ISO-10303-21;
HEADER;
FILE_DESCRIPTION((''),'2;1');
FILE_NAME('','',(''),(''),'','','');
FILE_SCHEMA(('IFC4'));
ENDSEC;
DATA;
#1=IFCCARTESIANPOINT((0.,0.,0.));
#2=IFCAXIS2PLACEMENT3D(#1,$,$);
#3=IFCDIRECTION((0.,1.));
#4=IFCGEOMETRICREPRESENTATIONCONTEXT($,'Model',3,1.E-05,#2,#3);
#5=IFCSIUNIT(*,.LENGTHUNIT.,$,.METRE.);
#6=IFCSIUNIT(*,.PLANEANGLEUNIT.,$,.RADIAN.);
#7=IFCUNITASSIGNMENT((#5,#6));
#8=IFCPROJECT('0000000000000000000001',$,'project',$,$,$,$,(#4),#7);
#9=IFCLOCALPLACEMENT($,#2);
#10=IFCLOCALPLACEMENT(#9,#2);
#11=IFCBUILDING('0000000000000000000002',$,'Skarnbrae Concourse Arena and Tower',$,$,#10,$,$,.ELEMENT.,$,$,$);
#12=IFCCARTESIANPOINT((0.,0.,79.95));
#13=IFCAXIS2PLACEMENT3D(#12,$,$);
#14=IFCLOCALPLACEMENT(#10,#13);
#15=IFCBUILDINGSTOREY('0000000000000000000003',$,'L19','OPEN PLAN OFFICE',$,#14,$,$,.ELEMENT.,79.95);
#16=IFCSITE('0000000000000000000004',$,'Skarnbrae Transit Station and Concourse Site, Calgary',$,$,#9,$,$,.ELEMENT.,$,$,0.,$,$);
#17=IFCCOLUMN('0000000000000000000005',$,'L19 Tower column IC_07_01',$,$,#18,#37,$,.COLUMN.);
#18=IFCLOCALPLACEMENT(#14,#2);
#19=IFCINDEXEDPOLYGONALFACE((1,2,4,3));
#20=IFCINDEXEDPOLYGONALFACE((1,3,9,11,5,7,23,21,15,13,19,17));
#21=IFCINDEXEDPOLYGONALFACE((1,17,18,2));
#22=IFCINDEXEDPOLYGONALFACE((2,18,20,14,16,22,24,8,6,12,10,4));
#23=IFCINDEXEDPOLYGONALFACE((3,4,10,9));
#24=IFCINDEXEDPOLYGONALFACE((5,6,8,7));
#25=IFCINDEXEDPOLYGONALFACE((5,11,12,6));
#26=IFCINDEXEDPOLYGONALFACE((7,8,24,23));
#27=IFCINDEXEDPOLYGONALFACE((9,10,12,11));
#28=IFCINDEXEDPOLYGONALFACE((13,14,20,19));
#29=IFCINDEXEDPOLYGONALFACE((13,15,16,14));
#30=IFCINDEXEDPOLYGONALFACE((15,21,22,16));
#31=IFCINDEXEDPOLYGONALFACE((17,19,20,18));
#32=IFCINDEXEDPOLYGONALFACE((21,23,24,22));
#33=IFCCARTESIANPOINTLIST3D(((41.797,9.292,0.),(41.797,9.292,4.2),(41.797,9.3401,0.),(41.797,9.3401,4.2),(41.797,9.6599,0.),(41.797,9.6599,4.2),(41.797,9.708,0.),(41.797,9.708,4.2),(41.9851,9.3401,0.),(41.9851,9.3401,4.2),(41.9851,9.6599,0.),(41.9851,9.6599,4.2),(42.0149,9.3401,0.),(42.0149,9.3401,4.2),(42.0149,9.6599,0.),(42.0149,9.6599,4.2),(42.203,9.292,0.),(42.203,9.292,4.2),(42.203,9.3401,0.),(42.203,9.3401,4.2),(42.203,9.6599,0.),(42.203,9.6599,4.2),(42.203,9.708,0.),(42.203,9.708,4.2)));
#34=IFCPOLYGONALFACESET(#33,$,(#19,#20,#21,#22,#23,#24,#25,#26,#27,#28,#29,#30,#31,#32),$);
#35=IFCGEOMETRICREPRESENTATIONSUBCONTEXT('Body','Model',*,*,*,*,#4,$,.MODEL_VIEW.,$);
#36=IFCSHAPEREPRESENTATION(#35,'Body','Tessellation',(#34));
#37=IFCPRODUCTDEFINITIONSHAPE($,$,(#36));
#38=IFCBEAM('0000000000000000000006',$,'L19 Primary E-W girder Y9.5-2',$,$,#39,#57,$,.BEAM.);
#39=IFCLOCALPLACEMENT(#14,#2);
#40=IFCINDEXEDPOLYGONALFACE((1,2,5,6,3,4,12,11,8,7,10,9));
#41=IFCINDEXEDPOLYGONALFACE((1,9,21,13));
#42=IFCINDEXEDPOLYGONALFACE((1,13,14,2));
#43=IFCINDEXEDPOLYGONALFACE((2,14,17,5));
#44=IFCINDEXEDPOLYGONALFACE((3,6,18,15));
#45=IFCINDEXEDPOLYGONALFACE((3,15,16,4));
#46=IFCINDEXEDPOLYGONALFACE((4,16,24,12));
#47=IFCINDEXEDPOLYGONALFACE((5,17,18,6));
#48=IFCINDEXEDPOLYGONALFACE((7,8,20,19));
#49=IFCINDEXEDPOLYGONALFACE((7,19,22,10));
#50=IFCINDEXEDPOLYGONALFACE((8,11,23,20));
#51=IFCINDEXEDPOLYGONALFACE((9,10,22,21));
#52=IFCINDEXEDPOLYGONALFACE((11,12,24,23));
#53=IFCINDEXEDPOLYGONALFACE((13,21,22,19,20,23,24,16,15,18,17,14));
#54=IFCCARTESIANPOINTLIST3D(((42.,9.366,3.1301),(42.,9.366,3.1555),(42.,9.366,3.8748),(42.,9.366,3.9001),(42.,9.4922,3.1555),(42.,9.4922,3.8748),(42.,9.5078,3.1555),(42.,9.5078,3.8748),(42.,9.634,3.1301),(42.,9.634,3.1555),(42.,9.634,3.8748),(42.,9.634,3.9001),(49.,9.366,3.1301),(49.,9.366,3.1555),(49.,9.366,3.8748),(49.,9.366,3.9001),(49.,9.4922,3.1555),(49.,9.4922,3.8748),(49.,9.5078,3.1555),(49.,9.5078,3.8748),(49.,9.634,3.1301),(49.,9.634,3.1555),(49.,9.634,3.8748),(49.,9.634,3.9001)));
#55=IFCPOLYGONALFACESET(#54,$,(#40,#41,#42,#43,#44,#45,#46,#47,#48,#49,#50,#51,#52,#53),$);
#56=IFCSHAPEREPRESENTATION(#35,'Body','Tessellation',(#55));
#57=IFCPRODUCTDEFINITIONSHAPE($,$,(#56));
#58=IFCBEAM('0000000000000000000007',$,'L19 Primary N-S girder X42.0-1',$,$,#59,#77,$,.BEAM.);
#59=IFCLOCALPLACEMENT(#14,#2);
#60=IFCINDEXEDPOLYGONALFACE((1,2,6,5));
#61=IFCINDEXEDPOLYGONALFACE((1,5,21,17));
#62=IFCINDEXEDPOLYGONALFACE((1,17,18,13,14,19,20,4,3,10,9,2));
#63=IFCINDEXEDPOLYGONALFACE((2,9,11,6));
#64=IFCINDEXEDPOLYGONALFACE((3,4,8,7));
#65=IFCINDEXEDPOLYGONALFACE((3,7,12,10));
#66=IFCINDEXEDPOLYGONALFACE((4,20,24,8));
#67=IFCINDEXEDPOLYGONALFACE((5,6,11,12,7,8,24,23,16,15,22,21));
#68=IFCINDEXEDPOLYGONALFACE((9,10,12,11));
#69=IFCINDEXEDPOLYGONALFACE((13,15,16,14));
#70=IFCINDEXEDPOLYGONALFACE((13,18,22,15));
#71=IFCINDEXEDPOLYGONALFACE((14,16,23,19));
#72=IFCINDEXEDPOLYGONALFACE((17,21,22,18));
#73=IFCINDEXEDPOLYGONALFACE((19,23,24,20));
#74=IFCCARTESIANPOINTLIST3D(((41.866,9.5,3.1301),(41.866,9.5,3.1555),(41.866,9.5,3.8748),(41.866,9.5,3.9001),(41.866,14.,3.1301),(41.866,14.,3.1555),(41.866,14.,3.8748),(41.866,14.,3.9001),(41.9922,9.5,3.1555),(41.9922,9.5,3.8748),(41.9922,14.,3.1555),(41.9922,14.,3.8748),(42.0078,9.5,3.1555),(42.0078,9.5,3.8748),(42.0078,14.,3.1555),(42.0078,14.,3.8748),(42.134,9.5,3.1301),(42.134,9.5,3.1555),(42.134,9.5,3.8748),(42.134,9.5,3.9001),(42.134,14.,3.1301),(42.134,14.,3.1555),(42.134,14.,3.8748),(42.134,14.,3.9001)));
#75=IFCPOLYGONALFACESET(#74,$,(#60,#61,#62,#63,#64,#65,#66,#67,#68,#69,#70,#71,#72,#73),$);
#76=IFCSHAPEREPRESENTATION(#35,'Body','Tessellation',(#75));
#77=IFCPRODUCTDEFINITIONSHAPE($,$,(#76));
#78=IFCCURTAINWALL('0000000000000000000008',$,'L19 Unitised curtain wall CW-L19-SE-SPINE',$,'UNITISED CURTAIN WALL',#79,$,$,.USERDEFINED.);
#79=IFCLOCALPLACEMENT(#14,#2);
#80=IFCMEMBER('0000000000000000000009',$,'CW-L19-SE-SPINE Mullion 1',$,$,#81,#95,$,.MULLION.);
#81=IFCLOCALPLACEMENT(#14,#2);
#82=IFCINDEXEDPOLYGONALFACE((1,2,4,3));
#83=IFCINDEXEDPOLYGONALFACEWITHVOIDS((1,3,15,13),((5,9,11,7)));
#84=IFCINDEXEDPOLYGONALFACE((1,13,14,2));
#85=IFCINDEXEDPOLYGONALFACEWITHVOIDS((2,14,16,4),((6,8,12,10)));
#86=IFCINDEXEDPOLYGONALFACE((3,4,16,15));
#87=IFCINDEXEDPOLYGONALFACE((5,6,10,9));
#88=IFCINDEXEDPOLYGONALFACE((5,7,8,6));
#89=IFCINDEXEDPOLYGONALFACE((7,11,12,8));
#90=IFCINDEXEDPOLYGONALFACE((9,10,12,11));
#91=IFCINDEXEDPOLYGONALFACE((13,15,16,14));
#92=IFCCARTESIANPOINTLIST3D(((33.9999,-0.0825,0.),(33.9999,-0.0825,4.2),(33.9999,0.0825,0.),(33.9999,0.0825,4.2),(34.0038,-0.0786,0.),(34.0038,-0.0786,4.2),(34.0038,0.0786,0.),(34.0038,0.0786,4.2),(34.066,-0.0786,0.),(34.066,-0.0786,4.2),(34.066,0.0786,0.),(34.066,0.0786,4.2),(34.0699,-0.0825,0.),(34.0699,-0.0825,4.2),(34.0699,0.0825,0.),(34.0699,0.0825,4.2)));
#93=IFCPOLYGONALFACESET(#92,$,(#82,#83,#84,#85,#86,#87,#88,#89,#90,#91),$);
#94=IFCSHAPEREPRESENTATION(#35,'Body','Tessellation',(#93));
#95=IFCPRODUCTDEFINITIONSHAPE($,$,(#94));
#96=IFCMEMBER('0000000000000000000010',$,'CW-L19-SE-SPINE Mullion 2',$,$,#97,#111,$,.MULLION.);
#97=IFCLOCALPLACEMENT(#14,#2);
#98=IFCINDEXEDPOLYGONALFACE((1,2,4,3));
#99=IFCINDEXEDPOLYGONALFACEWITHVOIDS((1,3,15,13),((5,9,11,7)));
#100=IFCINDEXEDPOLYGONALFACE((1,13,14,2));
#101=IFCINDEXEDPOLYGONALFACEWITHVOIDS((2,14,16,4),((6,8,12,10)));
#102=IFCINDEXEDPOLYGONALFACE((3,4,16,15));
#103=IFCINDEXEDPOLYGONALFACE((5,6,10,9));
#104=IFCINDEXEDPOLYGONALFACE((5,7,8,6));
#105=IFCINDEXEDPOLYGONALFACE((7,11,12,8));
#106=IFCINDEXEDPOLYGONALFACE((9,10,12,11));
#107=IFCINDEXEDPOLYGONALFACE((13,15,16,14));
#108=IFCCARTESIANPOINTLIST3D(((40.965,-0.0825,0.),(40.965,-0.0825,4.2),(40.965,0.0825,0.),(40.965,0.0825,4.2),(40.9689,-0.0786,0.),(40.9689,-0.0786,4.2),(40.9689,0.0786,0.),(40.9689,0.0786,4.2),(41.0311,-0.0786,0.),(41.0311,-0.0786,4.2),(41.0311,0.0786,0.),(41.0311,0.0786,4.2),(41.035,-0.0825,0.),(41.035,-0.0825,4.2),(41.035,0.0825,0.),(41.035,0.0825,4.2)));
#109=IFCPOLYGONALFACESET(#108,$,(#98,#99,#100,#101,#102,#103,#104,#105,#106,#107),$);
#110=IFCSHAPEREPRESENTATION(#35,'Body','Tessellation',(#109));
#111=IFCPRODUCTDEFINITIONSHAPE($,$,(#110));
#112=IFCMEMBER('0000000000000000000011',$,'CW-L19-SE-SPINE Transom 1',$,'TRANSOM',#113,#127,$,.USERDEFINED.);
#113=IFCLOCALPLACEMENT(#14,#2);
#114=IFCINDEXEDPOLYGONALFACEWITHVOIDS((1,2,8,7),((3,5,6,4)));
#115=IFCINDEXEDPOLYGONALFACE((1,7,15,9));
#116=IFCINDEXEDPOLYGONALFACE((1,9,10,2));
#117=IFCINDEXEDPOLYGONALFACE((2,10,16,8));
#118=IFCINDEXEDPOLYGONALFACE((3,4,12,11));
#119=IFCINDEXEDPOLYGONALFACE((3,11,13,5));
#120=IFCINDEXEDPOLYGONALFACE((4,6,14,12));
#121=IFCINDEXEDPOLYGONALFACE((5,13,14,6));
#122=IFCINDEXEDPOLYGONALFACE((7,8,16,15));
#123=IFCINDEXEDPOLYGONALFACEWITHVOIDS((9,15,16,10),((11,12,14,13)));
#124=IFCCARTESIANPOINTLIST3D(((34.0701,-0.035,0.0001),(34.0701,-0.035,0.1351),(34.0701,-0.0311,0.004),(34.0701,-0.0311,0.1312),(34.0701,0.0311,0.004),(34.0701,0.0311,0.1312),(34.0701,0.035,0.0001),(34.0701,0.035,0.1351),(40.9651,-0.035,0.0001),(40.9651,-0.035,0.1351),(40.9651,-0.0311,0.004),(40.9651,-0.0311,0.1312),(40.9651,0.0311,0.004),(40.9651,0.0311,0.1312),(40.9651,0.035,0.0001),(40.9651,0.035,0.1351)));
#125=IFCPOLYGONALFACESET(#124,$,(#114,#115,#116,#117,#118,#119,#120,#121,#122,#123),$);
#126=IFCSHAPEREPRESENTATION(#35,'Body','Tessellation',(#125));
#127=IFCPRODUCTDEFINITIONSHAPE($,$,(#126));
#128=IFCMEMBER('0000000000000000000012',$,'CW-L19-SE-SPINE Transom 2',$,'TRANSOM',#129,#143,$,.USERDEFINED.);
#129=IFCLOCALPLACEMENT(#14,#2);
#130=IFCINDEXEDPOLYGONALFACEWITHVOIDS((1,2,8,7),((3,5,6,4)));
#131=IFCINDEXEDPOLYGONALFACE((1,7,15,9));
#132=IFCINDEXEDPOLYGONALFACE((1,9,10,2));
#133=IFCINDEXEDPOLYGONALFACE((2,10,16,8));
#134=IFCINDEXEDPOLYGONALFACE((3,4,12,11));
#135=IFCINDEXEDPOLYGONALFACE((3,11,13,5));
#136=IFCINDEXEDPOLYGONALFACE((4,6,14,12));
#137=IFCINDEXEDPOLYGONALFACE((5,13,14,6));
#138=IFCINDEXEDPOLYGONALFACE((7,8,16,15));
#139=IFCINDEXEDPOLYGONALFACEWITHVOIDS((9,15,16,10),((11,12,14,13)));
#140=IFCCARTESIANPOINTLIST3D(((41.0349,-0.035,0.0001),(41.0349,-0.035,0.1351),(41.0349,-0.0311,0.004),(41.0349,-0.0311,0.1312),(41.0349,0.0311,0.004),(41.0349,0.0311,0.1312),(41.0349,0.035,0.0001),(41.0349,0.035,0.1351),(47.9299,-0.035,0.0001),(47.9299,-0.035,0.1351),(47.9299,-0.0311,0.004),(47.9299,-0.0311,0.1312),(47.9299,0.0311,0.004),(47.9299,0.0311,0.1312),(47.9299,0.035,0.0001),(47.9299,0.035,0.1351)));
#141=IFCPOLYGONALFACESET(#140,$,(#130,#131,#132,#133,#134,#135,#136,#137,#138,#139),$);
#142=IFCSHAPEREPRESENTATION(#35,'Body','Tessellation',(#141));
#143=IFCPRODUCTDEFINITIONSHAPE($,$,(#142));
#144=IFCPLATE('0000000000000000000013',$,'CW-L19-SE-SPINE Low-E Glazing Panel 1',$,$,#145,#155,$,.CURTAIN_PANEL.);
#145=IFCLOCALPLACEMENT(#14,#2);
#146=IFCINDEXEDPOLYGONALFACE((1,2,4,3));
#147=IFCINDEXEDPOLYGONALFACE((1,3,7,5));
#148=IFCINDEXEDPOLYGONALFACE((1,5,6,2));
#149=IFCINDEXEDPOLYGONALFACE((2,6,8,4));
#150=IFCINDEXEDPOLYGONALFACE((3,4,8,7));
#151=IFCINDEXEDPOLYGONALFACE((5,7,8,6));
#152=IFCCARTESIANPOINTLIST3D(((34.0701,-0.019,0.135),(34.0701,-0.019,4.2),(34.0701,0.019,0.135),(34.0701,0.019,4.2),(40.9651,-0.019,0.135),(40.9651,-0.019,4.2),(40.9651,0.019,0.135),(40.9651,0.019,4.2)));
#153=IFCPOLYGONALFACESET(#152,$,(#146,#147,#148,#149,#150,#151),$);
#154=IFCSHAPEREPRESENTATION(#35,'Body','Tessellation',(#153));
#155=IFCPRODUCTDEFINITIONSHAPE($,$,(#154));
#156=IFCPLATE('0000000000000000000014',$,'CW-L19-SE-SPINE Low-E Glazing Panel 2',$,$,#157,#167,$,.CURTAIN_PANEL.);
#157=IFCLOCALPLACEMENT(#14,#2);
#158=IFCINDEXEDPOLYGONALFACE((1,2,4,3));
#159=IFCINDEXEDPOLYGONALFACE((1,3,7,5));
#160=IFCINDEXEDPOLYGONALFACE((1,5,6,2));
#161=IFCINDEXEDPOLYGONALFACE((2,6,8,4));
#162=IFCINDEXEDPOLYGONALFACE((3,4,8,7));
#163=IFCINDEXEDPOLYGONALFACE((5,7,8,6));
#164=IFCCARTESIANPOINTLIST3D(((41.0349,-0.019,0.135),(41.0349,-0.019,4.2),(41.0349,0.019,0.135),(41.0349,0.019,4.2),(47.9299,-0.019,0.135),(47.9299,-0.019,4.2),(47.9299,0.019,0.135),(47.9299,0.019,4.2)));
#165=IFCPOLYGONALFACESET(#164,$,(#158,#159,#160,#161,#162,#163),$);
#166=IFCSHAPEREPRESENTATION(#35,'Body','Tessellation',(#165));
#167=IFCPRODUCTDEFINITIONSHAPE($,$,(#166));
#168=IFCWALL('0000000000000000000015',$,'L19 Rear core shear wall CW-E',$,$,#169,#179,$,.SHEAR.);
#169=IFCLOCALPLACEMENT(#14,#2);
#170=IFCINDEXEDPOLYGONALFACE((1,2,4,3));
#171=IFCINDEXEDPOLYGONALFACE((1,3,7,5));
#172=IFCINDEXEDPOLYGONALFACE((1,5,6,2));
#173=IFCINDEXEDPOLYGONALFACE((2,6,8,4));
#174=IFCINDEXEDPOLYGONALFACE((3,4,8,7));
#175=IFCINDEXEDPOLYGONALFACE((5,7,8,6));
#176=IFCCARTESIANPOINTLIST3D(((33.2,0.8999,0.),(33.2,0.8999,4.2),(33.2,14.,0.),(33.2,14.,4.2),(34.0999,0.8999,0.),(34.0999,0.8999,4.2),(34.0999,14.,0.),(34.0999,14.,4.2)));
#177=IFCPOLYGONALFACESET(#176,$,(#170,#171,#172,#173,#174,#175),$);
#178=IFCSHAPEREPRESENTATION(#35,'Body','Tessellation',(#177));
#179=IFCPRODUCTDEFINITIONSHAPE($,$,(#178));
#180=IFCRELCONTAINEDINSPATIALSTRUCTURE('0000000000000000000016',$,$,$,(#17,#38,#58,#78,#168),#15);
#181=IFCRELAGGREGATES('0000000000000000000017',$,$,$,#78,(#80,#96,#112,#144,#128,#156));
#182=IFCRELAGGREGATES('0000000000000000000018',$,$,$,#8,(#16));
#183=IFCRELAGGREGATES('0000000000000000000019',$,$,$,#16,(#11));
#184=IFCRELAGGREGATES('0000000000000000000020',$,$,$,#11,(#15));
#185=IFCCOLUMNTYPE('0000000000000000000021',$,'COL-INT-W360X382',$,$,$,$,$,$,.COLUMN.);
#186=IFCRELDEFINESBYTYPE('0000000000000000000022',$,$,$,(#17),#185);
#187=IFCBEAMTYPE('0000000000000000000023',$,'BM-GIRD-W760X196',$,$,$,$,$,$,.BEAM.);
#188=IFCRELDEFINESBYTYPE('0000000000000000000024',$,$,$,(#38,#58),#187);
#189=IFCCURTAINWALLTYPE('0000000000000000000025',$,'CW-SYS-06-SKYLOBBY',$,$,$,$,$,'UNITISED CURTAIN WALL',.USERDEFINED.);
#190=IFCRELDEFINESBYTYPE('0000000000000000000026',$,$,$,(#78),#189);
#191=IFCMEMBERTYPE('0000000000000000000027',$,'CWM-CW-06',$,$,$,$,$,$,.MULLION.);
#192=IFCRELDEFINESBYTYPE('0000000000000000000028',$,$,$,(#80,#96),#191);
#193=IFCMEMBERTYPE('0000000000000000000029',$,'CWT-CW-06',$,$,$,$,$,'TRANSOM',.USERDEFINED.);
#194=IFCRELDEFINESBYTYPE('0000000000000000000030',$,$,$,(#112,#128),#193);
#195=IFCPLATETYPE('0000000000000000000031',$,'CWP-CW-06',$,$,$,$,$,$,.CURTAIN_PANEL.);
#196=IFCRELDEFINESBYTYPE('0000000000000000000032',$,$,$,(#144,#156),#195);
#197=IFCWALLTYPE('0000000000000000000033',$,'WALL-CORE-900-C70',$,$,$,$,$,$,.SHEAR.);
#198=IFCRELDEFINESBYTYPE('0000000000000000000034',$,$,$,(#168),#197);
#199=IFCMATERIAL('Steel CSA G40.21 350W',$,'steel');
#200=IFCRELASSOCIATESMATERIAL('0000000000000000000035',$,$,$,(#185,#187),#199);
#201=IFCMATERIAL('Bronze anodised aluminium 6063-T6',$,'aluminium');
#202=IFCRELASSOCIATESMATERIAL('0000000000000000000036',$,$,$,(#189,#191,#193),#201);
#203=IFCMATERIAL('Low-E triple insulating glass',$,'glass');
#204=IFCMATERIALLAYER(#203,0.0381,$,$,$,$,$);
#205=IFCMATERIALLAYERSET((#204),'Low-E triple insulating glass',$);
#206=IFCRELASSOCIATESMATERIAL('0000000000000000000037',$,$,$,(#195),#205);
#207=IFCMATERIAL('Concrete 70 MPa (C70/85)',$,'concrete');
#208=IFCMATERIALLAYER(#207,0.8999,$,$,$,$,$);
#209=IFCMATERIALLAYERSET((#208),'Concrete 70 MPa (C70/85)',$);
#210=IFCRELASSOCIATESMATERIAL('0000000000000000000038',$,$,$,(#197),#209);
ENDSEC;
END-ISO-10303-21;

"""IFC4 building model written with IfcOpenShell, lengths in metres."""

from ifc_helpers import new_model, si_unit, direction, frame, frame_2d, origin, origin_2d, place, context, subcontext, project, spatial, rectangle, hollow_rectangle, i_section, extrude, source, transform, mapped, material, layer, layer_set, material_profile, profile_set, type_object, element, aggregate, save


model = new_model("IFC4")

# Units and contexts
model_context = context("Model", 3, precision=1e-05, world=origin(), true_north=direction((0.0, 1.0)))
body_context = subcontext(model_context, "Body", "Model", "MODEL_VIEW")
ifc_project = project(units=[si_unit("LENGTHUNIT", "METRE"), si_unit("PLANEANGLEUNIT", "RADIAN")], contexts=[model_context])

# Site, building, storey
site_placement = place(None, origin())
site = spatial("IfcSite", under=ifc_project, at=site_placement, Name="Skarnbrae Transit Station and Concourse Site, Calgary", CompositionType="ELEMENT", RefElevation=0.0)
building_placement = place(site_placement, origin())
building = spatial("IfcBuilding", under=site, at=building_placement, Name="Skarnbrae Concourse Arena and Tower", CompositionType="ELEMENT")
storey_placement = place(building_placement, frame((0.0, 0.0, 79.95)))
storey = spatial("IfcBuildingStorey", under=building, at=storey_placement, Name="L19", Description="OPEN PLAN OFFICE", CompositionType="ELEMENT", Elevation=79.95)

# Column
ifc_material_1 = material(Name="Steel CSA G40.21 350W", Category="steel")
ifc_material_profile_1 = material_profile(ifc_material_1, i_section(OverallWidth=0.406, OverallDepth=0.416, WebThickness=0.0298, FlangeThickness=0.0481, at=origin_2d()), Name="W360X382")
ifc_profile_set_1 = profile_set([ifc_material_profile_1], Name="Steel CSA G40.21 350W")
column_type = type_object("IfcColumnType", Name="COL-INT-W360X382", PredefinedType="COLUMN", material=ifc_profile_set_1)
shared_shape_1 = source(origin(), body_context, "Body", "SweptSolid", [
    extrude(i_section(OverallWidth=0.406, OverallDepth=0.416, WebThickness=0.0298, FlangeThickness=0.0481, at=origin_2d()), origin(), (0.0, 0.0, 1.0), 4.2),
])
column_placement = place(storey_placement, frame((42.0, 9.5, 0.0), z_axis=(0.0, 0.0, 1.0), x_axis=(1.0, 0.0, 0.0)))
element("IfcColumn", 1, at=column_placement, inside=storey, type_object=column_type, Name="L19 Tower column IC_07_01", PredefinedType="COLUMN", context=body_context, shape_type="MappedRepresentation", body=[
    mapped(shared_shape_1, transform((0.0, 0.0, 0.0))),
])

# Beams
ifc_material_profile_2 = material_profile(ifc_material_1, i_section(OverallWidth=0.2681, OverallDepth=0.77, WebThickness=0.0156, FlangeThickness=0.0254, at=origin_2d()), Name="W760X196")
ifc_profile_set_2 = profile_set([ifc_material_profile_2], Name="Steel CSA G40.21 350W")
beam_type = type_object("IfcBeamType", Name="BM-GIRD-W760X196", PredefinedType="BEAM", material=ifc_profile_set_2)
shared_shape_2 = source(origin(), body_context, "Body", "SweptSolid", [
    extrude(i_section(OverallWidth=0.2681, OverallDepth=0.77, WebThickness=0.0156, FlangeThickness=0.0254, at=origin_2d()), origin(), (0.0, 0.0, 1.0), 7.0),
])
beam_1_placement = place(storey_placement, frame((42.0, 9.5, 3.5151), z_axis=(1.0, 0.0, 0.0), x_axis=(0.0, 1.0, 0.0)))
element("IfcBeam", 2, at=beam_1_placement, inside=storey, type_object=beam_type, Name="L19 Primary E-W girder Y9.5-2", PredefinedType="BEAM", context=body_context, shape_type="MappedRepresentation", body=[
    mapped(shared_shape_2, transform((0.0, 0.0, 0.0))),
])
shared_shape_3 = source(origin(), body_context, "Body", "SweptSolid", [
    extrude(i_section(OverallWidth=0.2681, OverallDepth=0.77, WebThickness=0.0156, FlangeThickness=0.0254, at=origin_2d()), origin(), (0.0, 0.0, 1.0), 4.5),
])
beam_2_placement = place(storey_placement, frame((42.0, 9.5, 3.5151), z_axis=(0.0, 1.0, 0.0), x_axis=(-1.0, 0.0, 0.0)))
element("IfcBeam", 3, at=beam_2_placement, inside=storey, type_object=beam_type, Name="L19 Primary N-S girder X42.0-1", PredefinedType="BEAM", context=body_context, shape_type="MappedRepresentation", body=[
    mapped(shared_shape_3, transform((0.0, 0.0, 0.0))),
])

# Curtain wall, members, plates
ifc_material_2 = material(Name="Bronze anodised aluminium 6063-T6", Category="aluminium")
curtain_wall_type = type_object("IfcCurtainWallType", Name="CW-SYS-06-SKYLOBBY", ElementType="UNITISED CURTAIN WALL", PredefinedType="USERDEFINED", material=ifc_material_2)
curtain_wall_placement = place(storey_placement, origin())
curtain_wall = element("IfcCurtainWall", 4, at=curtain_wall_placement, inside=storey, type_object=curtain_wall_type, Name="L19 Unitised curtain wall CW-L19-SE-SPINE", ObjectType="UNITISED CURTAIN WALL", PredefinedType="USERDEFINED")
ifc_material_profile_3 = material_profile(ifc_material_2, hollow_rectangle(XDim=0.0701, YDim=0.165, WallThickness=0.0039, at=origin_2d()), Name="ALU-MULL-70X165")
ifc_profile_set_3 = profile_set([ifc_material_profile_3], Name="Bronze anodised aluminium 6063-T6")
member_type_1 = type_object("IfcMemberType", Name="CWM-CW-06", PredefinedType="MULLION", material=ifc_profile_set_3)
shared_shape_4 = source(origin(), body_context, "Body", "SweptSolid", [
    extrude(hollow_rectangle(XDim=0.0701, YDim=0.165, WallThickness=0.0039, at=origin_2d()), origin(), (0.0, 0.0, 1.0), 4.2),
])
member_1_placement = place(storey_placement, frame((34.0349, 0.0, 0.0), z_axis=(0.0, 0.0, 1.0), x_axis=(1.0, 0.0, 0.0)))
member_1 = element("IfcMember", 5, at=member_1_placement, type_object=member_type_1, Name="CW-L19-SE-SPINE Mullion 1", PredefinedType="MULLION", context=body_context, shape_type="MappedRepresentation", body=[
    mapped(shared_shape_4, transform((0.0, 0.0, 0.0))),
])
member_2_placement = place(storey_placement, frame((41.0, 0.0, 0.0), z_axis=(0.0, 0.0, 1.0), x_axis=(1.0, 0.0, 0.0)))
member_2 = element("IfcMember", 6, at=member_2_placement, type_object=member_type_1, Name="CW-L19-SE-SPINE Mullion 2", PredefinedType="MULLION", context=body_context, shape_type="MappedRepresentation", body=[
    mapped(shared_shape_4, transform((0.0, 0.0, 0.0))),
])
ifc_material_profile_4 = material_profile(ifc_material_2, hollow_rectangle(XDim=0.0701, YDim=0.135, WallThickness=0.0039, at=origin_2d()), Name="ALU-TRAN-70X135")
ifc_profile_set_4 = profile_set([ifc_material_profile_4], Name="Bronze anodised aluminium 6063-T6")
member_type_2 = type_object("IfcMemberType", Name="CWT-CW-06", ElementType="TRANSOM", PredefinedType="USERDEFINED", material=ifc_profile_set_4)
shared_shape_5 = source(origin(), body_context, "Body", "SweptSolid", [
    extrude(hollow_rectangle(XDim=0.0701, YDim=0.135, WallThickness=0.0039, at=origin_2d()), origin(), (0.0, 0.0, 1.0), 6.895),
])
member_3_placement = place(storey_placement, frame((34.0701, 0.0, 0.0676), z_axis=(1.0, 0.0, 0.0), x_axis=(0.0, 1.0, 0.0)))
member_3 = element("IfcMember", 7, at=member_3_placement, type_object=member_type_2, Name="CW-L19-SE-SPINE Transom 1", ObjectType="TRANSOM", PredefinedType="USERDEFINED", context=body_context, shape_type="MappedRepresentation", body=[
    mapped(shared_shape_5, transform((0.0, 0.0, 0.0))),
])
member_4_placement = place(storey_placement, frame((41.0349, 0.0, 0.0676), z_axis=(1.0, 0.0, 0.0), x_axis=(0.0, 1.0, 0.0)))
member_4 = element("IfcMember", 8, at=member_4_placement, type_object=member_type_2, Name="CW-L19-SE-SPINE Transom 2", ObjectType="TRANSOM", PredefinedType="USERDEFINED", context=body_context, shape_type="MappedRepresentation", body=[
    mapped(shared_shape_5, transform((0.0, 0.0, 0.0))),
])
ifc_material_3 = material(Name="Low-E triple insulating glass", Category="glass")
ifc_layer_1 = layer(ifc_material_3, 0.0381)
ifc_layer_set_1 = layer_set([ifc_layer_1], Name="Low-E triple insulating glass")
plate_type = type_object("IfcPlateType", Name="CWP-CW-06", PredefinedType="CURTAIN_PANEL", material=ifc_layer_set_1)
shared_shape_6 = source(origin(), body_context, "Body", "SweptSolid", [
    extrude(rectangle(XDim=6.895, YDim=0.0381, at=origin_2d()), origin(), (0.0, 0.0, 1.0), 4.0649),
])
plate_1_placement = place(storey_placement, frame((37.5176, 0.0, 0.135), z_axis=(0.0, 0.0, 1.0), x_axis=(1.0, 0.0, 0.0)))
plate_1 = element("IfcPlate", 9, at=plate_1_placement, type_object=plate_type, Name="CW-L19-SE-SPINE Low-E Glazing Panel 1", PredefinedType="CURTAIN_PANEL", context=body_context, shape_type="MappedRepresentation", body=[
    mapped(shared_shape_6, transform((0.0, 0.0, 0.0))),
])
plate_2_placement = place(storey_placement, frame((44.4824, 0.0, 0.135), z_axis=(0.0, 0.0, 1.0), x_axis=(1.0, 0.0, 0.0)))
plate_2 = element("IfcPlate", 10, at=plate_2_placement, type_object=plate_type, Name="CW-L19-SE-SPINE Low-E Glazing Panel 2", PredefinedType="CURTAIN_PANEL", context=body_context, shape_type="MappedRepresentation", body=[
    mapped(shared_shape_6, transform((0.0, 0.0, 0.0))),
])
aggregate(curtain_wall, [member_1, member_2, member_3, plate_1, member_4, plate_2])

# Wall
ifc_material_4 = material(Name="Concrete 70 MPa (C70/85)", Category="concrete")
ifc_layer_2 = layer(ifc_material_4, 0.8999)
ifc_layer_set_2 = layer_set([ifc_layer_2], Name="Concrete 70 MPa (C70/85)")
wall_type_1 = type_object("IfcWallType", Name="WALL-CORE-900-C70", PredefinedType="SHEAR", material=ifc_layer_set_2)
shared_shape_7 = source(origin(), body_context, "Body", "SweptSolid", [
    extrude(rectangle(XDim=13.1001, YDim=0.8999, at=frame_2d((6.55, 0.0))), origin(), (0.0, 0.0, 1.0), 4.2),
])
wall_1_placement = place(storey_placement, frame((33.6499, 0.8999, 0.0), z_axis=(0.0, 0.0, 1.0), x_axis=(0.0, 1.0, 0.0)))
element("IfcWall", 11, at=wall_1_placement, inside=storey, type_object=wall_type_1, Name="L19 Rear core shear wall CW-E", PredefinedType="SHEAR", context=body_context, shape_type="MappedRepresentation", body=[
    mapped(shared_shape_7, transform((0.0, 0.0, 0.0))),
])

save(model, "model.ifc")
